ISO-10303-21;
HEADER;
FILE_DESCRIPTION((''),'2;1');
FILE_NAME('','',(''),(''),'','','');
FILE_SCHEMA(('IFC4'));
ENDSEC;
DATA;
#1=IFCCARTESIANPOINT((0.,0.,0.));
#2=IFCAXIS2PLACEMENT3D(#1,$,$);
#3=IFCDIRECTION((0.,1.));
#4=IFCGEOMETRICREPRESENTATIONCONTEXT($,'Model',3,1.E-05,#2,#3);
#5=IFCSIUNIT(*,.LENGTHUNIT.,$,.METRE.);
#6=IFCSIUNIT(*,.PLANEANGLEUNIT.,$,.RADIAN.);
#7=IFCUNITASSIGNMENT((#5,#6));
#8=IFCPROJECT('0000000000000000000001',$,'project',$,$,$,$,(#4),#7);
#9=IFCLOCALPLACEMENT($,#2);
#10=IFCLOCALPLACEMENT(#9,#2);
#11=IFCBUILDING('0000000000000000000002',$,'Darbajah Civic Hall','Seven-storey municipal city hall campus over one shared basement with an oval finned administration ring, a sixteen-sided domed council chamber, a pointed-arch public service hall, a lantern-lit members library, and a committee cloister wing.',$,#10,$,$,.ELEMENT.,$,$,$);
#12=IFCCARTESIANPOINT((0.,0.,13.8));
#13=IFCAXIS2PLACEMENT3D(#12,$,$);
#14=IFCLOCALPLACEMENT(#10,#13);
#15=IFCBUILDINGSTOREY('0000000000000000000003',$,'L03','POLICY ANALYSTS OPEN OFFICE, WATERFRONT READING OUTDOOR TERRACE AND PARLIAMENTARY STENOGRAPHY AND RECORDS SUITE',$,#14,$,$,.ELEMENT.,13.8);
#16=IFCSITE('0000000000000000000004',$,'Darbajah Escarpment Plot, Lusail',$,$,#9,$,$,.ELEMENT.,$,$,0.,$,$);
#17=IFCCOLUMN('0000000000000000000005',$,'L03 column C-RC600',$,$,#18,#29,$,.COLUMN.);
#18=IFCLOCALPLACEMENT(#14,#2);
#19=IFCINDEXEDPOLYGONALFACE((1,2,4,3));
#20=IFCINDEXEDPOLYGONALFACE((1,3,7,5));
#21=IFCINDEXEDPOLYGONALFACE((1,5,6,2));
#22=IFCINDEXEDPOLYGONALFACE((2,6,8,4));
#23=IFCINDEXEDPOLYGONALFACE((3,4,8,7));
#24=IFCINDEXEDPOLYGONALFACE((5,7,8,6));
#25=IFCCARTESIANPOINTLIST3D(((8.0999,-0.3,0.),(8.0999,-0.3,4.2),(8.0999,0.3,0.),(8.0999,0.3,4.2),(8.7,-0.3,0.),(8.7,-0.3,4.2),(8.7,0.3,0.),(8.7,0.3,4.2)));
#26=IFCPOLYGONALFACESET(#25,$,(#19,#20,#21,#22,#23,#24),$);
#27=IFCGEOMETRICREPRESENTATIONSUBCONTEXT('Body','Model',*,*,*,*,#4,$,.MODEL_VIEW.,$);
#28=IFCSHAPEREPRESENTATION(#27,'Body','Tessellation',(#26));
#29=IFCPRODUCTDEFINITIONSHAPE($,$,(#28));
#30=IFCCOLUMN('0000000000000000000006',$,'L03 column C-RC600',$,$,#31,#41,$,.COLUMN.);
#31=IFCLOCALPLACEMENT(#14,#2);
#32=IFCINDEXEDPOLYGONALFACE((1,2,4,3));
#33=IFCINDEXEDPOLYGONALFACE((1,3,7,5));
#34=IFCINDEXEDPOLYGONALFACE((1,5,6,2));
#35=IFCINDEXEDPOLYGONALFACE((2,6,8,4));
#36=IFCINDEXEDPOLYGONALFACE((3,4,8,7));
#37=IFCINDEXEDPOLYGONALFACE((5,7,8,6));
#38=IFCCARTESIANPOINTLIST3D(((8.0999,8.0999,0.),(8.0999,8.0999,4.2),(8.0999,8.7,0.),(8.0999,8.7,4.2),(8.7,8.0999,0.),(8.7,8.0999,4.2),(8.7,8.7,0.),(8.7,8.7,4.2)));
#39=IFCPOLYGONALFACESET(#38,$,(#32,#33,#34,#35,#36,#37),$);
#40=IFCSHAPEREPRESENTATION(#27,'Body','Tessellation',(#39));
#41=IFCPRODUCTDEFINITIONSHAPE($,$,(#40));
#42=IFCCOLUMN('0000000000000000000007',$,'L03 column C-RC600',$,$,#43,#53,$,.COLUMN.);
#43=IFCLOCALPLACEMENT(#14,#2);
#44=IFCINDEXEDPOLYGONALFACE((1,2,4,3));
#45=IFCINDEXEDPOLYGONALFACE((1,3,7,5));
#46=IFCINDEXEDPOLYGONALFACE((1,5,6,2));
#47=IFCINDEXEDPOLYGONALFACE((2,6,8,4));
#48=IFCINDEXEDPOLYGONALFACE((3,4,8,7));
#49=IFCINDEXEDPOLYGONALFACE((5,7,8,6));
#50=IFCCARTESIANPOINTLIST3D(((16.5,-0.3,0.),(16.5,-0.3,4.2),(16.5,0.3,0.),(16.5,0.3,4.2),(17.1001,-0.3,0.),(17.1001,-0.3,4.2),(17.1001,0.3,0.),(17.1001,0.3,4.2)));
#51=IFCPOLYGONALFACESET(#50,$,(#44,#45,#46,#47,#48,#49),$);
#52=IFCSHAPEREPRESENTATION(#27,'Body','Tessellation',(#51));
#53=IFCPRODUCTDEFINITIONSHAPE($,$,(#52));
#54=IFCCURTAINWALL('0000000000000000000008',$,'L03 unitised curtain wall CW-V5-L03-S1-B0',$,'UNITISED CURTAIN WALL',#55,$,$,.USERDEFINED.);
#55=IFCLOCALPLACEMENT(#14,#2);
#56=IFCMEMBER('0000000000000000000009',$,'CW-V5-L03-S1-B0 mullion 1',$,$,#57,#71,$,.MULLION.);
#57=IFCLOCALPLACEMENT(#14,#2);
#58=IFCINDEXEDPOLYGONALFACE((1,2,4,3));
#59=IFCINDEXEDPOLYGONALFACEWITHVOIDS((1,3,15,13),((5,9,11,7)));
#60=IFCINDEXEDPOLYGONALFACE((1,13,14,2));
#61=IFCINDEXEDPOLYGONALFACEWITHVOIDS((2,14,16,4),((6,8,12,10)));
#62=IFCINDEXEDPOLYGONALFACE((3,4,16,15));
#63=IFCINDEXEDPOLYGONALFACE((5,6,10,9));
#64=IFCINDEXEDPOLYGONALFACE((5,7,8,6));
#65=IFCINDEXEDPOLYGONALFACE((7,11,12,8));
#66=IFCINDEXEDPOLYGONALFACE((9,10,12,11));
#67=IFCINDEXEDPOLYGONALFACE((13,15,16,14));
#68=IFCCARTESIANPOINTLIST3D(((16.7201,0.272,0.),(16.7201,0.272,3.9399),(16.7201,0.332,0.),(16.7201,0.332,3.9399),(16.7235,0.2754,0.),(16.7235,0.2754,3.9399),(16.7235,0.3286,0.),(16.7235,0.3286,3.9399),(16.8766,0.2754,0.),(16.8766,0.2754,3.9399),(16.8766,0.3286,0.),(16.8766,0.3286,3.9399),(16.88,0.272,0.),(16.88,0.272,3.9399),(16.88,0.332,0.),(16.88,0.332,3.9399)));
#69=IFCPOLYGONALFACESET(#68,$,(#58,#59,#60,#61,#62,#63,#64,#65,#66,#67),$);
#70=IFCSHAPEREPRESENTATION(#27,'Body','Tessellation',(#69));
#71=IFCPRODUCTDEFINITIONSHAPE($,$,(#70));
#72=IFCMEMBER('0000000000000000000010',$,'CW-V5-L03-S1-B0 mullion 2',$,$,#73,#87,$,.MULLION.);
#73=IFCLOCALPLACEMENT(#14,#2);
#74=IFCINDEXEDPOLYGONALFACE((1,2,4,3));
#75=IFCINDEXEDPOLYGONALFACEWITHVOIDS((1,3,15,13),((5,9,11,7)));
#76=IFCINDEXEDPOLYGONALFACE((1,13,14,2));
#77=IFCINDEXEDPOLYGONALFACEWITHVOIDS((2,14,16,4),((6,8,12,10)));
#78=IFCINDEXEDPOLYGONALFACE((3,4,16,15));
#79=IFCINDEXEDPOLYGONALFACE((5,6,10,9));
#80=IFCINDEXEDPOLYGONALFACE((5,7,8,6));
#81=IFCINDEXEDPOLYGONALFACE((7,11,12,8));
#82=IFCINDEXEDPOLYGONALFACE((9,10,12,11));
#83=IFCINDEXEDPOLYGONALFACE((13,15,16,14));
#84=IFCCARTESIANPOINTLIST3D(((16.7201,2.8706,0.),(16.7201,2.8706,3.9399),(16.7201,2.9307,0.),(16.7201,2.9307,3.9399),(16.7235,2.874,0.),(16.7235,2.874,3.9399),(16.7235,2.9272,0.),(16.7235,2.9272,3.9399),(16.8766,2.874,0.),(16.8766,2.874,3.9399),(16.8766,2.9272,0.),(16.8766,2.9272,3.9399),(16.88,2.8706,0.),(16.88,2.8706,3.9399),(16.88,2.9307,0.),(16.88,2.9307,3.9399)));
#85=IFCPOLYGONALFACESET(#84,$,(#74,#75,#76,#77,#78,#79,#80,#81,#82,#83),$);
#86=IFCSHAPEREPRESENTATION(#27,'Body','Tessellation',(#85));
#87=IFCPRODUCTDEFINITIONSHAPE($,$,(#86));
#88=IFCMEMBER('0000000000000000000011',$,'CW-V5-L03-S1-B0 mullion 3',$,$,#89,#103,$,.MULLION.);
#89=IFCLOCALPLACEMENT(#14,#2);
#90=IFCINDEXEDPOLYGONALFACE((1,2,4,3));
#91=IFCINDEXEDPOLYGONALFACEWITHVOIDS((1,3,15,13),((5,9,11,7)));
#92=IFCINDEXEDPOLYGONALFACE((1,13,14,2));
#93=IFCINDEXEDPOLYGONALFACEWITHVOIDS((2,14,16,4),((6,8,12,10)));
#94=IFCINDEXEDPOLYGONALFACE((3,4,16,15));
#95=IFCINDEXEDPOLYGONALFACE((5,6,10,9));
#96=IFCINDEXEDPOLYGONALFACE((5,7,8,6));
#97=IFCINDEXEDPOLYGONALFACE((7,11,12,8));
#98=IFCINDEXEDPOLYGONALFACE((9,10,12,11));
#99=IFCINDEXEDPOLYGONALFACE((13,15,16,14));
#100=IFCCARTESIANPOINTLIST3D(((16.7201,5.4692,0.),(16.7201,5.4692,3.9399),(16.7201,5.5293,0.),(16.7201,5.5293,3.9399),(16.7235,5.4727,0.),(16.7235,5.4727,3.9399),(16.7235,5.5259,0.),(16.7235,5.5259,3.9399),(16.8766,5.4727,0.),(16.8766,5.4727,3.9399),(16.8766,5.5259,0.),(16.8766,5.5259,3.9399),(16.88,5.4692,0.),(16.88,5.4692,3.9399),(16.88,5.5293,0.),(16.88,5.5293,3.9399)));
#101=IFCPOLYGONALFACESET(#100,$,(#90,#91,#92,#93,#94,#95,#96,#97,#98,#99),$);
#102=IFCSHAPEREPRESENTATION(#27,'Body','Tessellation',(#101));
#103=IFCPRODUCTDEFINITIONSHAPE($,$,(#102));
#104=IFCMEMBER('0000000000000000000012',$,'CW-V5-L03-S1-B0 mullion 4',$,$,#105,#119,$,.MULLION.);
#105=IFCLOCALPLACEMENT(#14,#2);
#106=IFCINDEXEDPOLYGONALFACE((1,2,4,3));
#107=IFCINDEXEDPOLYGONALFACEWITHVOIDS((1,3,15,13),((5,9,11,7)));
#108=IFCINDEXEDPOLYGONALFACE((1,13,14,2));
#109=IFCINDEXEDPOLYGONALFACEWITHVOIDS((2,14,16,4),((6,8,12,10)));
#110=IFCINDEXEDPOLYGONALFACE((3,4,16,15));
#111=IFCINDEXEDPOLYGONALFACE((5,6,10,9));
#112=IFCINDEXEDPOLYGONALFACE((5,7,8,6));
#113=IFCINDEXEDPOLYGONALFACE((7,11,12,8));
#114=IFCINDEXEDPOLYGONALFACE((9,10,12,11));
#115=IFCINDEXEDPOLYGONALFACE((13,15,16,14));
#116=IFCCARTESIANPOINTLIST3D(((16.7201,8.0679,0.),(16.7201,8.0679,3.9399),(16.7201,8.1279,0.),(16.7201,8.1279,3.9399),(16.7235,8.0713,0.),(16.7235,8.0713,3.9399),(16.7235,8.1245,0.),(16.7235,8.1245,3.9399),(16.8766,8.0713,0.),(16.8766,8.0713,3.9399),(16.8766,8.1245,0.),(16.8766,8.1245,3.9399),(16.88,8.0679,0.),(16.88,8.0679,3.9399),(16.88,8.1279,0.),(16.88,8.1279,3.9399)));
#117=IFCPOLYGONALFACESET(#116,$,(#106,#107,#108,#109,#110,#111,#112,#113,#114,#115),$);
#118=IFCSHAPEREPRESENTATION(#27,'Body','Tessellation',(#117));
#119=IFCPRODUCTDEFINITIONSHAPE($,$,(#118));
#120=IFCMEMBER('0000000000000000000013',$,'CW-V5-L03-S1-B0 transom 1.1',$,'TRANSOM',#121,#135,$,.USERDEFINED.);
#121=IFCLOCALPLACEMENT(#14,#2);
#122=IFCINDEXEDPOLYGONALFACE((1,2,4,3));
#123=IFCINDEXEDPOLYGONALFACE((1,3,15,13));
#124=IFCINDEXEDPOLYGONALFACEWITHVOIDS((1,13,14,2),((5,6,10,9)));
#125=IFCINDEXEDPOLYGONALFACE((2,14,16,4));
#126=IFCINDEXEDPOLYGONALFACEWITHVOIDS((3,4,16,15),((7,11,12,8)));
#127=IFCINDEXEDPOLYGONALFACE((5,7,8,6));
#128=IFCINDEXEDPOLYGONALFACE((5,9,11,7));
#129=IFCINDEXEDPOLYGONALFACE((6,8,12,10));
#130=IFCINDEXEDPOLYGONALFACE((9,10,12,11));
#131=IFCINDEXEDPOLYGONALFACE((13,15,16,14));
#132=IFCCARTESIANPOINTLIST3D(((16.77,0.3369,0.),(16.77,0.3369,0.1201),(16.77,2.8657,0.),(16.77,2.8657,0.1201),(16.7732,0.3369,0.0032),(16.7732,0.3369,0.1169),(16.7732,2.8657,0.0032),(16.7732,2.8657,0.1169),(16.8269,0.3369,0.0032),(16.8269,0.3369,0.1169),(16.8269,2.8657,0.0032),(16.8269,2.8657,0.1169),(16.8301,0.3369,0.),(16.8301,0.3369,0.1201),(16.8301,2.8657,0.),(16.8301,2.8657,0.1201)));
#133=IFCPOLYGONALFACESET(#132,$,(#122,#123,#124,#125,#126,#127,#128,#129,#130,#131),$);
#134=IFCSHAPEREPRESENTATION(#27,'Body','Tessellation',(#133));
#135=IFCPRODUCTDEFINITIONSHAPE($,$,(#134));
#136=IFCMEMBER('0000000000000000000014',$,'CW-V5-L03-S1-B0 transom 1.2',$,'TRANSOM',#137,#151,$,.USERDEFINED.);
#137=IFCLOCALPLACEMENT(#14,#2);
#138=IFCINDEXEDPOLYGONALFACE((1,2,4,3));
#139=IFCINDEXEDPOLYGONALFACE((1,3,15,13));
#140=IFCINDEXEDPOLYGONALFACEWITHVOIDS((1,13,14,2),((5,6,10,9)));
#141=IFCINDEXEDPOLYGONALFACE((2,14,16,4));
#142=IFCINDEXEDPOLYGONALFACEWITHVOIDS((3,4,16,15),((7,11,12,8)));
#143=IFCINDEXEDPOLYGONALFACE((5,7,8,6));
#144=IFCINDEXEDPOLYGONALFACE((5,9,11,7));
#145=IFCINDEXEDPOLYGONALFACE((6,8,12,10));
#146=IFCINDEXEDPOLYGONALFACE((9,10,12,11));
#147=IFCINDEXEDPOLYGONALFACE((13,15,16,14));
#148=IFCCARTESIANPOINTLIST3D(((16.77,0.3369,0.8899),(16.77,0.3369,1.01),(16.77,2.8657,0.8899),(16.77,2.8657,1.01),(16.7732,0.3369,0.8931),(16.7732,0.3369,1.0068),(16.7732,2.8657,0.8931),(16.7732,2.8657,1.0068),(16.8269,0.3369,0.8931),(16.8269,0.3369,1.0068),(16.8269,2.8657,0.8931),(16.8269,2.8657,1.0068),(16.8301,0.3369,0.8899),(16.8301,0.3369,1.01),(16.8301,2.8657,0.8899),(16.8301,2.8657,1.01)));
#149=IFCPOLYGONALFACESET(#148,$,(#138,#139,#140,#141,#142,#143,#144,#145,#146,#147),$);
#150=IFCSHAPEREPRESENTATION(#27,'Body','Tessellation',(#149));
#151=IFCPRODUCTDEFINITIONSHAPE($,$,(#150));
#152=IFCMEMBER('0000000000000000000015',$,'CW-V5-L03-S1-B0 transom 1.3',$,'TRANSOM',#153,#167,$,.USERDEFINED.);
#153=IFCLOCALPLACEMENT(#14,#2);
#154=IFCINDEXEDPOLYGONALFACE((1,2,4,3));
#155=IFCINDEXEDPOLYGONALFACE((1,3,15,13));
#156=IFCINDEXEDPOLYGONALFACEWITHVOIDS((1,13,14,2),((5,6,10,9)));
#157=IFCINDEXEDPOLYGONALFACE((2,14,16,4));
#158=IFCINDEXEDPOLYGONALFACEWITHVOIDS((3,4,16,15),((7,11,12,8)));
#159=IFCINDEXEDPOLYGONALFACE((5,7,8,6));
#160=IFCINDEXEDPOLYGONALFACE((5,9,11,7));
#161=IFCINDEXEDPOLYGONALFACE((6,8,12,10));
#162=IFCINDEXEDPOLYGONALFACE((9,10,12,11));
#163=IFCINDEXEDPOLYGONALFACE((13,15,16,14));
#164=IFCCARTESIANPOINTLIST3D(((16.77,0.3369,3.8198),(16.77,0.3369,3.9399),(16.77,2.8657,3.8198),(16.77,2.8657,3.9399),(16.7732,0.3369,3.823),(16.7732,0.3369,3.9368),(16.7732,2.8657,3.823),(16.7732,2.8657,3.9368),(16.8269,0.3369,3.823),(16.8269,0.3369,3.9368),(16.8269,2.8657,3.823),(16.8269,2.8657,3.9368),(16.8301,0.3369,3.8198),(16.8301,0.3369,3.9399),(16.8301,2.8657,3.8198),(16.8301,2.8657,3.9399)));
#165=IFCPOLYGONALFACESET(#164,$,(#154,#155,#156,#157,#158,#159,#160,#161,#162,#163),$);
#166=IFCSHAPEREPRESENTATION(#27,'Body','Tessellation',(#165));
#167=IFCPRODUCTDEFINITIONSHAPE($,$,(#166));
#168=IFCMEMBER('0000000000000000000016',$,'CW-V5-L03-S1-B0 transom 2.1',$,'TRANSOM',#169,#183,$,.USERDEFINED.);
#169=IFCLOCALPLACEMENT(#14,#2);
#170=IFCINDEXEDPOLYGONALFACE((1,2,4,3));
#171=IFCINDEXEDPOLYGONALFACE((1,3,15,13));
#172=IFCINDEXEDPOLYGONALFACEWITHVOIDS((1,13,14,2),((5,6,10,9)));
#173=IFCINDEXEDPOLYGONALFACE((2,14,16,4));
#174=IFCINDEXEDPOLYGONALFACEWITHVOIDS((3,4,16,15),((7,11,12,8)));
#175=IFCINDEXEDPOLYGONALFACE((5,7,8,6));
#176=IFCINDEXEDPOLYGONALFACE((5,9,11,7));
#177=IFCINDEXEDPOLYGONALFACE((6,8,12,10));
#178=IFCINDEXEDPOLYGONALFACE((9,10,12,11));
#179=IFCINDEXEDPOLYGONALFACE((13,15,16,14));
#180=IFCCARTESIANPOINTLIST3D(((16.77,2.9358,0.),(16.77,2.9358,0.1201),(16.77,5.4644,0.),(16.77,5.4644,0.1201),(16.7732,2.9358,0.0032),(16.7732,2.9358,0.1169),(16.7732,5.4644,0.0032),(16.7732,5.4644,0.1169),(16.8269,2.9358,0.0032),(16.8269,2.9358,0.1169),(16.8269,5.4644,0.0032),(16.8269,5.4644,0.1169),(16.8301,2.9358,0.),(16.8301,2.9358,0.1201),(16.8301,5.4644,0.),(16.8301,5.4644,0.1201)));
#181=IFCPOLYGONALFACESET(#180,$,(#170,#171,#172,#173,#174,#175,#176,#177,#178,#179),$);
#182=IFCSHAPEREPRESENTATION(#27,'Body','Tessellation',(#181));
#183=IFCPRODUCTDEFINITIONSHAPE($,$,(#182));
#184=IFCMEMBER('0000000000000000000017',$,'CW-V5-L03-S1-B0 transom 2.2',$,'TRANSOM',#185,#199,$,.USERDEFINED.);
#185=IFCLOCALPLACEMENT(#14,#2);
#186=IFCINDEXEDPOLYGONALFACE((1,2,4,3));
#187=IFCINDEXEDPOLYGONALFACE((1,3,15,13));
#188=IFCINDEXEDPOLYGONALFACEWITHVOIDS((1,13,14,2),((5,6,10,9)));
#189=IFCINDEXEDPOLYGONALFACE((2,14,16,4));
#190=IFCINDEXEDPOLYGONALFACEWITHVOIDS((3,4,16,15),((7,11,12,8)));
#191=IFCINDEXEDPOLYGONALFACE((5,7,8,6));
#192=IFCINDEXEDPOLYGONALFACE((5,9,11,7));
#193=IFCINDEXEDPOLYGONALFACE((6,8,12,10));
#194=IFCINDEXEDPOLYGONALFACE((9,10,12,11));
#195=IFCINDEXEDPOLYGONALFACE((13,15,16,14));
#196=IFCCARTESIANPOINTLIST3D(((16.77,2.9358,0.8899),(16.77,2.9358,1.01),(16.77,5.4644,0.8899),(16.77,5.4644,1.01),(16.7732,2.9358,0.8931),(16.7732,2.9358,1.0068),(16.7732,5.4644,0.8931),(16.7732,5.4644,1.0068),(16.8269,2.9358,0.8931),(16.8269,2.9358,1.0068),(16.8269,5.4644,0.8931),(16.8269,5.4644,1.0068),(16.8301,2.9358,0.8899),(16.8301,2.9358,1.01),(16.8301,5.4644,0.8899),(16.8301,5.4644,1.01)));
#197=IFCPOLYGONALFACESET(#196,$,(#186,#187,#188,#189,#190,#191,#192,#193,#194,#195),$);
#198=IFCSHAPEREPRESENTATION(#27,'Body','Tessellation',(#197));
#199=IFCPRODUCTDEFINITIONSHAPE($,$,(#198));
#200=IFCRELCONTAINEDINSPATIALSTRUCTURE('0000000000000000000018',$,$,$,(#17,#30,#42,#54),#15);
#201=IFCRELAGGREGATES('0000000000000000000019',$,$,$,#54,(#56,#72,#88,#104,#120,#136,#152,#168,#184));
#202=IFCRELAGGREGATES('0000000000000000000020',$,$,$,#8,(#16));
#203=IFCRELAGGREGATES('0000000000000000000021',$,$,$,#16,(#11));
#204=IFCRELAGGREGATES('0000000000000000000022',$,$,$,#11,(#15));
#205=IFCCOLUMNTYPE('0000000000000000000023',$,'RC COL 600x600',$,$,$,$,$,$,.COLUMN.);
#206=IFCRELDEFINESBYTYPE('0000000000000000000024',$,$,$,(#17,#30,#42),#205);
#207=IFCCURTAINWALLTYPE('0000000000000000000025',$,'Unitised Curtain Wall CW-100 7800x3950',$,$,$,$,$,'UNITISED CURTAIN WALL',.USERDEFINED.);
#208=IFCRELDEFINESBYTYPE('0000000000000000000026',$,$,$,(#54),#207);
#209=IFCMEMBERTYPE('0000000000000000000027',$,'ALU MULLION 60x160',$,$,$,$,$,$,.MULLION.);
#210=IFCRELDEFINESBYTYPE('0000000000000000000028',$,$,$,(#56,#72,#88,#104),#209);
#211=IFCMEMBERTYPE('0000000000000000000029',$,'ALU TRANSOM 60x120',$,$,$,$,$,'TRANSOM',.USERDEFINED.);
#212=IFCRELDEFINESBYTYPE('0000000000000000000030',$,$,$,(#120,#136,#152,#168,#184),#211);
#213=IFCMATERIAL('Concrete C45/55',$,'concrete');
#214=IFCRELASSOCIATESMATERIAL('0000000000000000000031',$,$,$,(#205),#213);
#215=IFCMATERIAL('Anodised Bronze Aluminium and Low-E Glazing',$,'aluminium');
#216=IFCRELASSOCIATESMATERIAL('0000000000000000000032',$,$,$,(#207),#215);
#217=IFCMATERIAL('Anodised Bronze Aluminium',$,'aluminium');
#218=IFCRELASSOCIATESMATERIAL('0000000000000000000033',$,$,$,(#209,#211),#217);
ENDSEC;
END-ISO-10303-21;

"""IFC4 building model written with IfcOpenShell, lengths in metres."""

from ifc_helpers import new_model, si_unit, direction, frame, origin, origin_2d, place, context, subcontext, project, spatial, rectangle, hollow_rectangle, extrude, material, material_profile, profile_set, type_object, element, aggregate, save


model = new_model("IFC4")

# Units and contexts
model_context = context("Model", 3, precision=1e-05, world=origin(), true_north=direction((0.0, 1.0)))
body_context = subcontext(model_context, "Body", "Model", "MODEL_VIEW")
ifc_project = project(units=[si_unit("LENGTHUNIT", "METRE"), si_unit("PLANEANGLEUNIT", "RADIAN")], contexts=[model_context])

# Site, building, storey
site_placement = place(None, origin())
site = spatial("IfcSite", under=ifc_project, at=site_placement, Name="Darbajah Escarpment Plot, Lusail", CompositionType="ELEMENT", RefElevation=0.0)
building_placement = place(site_placement, origin())
building = spatial("IfcBuilding", under=site, at=building_placement, Name="Darbajah Civic Hall", Description="Seven-storey municipal city hall campus over one shared basement with an oval finned administration ring, a sixteen-sided domed council chamber, a pointed-arch public service hall, a lantern-lit members library, and a committee cloister wing.", CompositionType="ELEMENT")
storey_placement = place(building_placement, frame((0.0, 0.0, 13.8)))
storey = spatial("IfcBuildingStorey", under=building, at=storey_placement, Name="L03", Description="POLICY ANALYSTS OPEN OFFICE, WATERFRONT READING OUTDOOR TERRACE AND PARLIAMENTARY STENOGRAPHY AND RECORDS SUITE", CompositionType="ELEMENT", Elevation=13.8)

# Columns
ifc_material_1 = material(Name="Concrete C45/55", Category="concrete")
ifc_material_profile_1 = material_profile(ifc_material_1, rectangle(XDim=0.6001, YDim=0.6001, at=origin_2d()), Name="RC COL 600x600")
ifc_profile_set_1 = profile_set([ifc_material_profile_1], Name="Concrete C45/55")
column_type = type_object("IfcColumnType", Name="RC COL 600x600", PredefinedType="COLUMN", material=ifc_profile_set_1)
for number, where, z_axis, x_axis, name in (
    (1, (8.3999, 0.0, 0.0), (0.0, 0.0, 1.0), (1.0, 0.0, 0.0), "L03 column C-RC600"),
    (2, (8.3999, 8.3999, 0.0), (0.0, 0.0, 1.0), (1.0, 0.0, 0.0), "L03 column C-RC600"),
    (3, (16.8, 0.0, 0.0), (0.0, 0.0, 1.0), (1.0, 0.0, 0.0), "L03 column C-RC600"),
):
    element("IfcColumn", number, at=place(storey_placement, frame(where, z_axis=z_axis, x_axis=x_axis)), inside=storey, type_object=column_type, Name=name, PredefinedType="COLUMN", context=body_context, shape_type="SweptSolid", body=[
        extrude(rectangle(XDim=0.6001, YDim=0.6001, at=origin_2d()), origin(), (0.0, 0.0, 1.0), 4.2),
    ])

# Curtain wall, members
ifc_material_2 = material(Name="Anodised Bronze Aluminium and Low-E Glazing", Category="aluminium")
curtain_wall_type = type_object("IfcCurtainWallType", Name="Unitised Curtain Wall CW-100 7800x3950", ElementType="UNITISED CURTAIN WALL", PredefinedType="USERDEFINED", material=ifc_material_2)
curtain_wall_placement = place(storey_placement, origin())
curtain_wall = element("IfcCurtainWall", 4, at=curtain_wall_placement, inside=storey, type_object=curtain_wall_type, Name="L03 unitised curtain wall CW-V5-L03-S1-B0", ObjectType="UNITISED CURTAIN WALL", PredefinedType="USERDEFINED")
ifc_material_3 = material(Name="Anodised Bronze Aluminium", Category="aluminium")
ifc_material_profile_2 = material_profile(ifc_material_3, hollow_rectangle(XDim=0.0601, YDim=0.1599, WallThickness=0.0034, at=origin_2d()), Name="ALU MULLION 60x160")
ifc_profile_set_2 = profile_set([ifc_material_profile_2], Name="Anodised Bronze Aluminium")
member_type_1 = type_object("IfcMemberType", Name="ALU MULLION 60x160", PredefinedType="MULLION", material=ifc_profile_set_2)
member_1_placement = place(storey_placement, frame((16.8, 0.302, 0.0), z_axis=(0.0, 0.0, 1.0), x_axis=(0.0, 1.0, 0.0)))
member_1 = element("IfcMember", 5, at=member_1_placement, type_object=member_type_1, Name="CW-V5-L03-S1-B0 mullion 1", PredefinedType="MULLION", context=body_context, shape_type="SweptSolid", body=[
    extrude(hollow_rectangle(XDim=0.0601, YDim=0.1599, WallThickness=0.0034, at=origin_2d()), origin(), (0.0, 0.0, 1.0), 3.9399),
])
member_2_placement = place(storey_placement, frame((16.8, 2.9006, 0.0), z_axis=(0.0, 0.0, 1.0), x_axis=(0.0, 1.0, 0.0)))
member_2 = element("IfcMember", 6, at=member_2_placement, type_object=member_type_1, Name="CW-V5-L03-S1-B0 mullion 2", PredefinedType="MULLION", context=body_context, shape_type="SweptSolid", body=[
    extrude(hollow_rectangle(XDim=0.0601, YDim=0.1599, WallThickness=0.0034, at=origin_2d()), origin(), (0.0, 0.0, 1.0), 3.9399),
])
member_3_placement = place(storey_placement, frame((16.8, 5.4993, 0.0), z_axis=(0.0, 0.0, 1.0), x_axis=(0.0, 1.0, 0.0)))
member_3 = element("IfcMember", 7, at=member_3_placement, type_object=member_type_1, Name="CW-V5-L03-S1-B0 mullion 3", PredefinedType="MULLION", context=body_context, shape_type="SweptSolid", body=[
    extrude(hollow_rectangle(XDim=0.0601, YDim=0.1599, WallThickness=0.0034, at=origin_2d()), origin(), (0.0, 0.0, 1.0), 3.9399),
])
member_4_placement = place(storey_placement, frame((16.8, 8.0979, 0.0), z_axis=(0.0, 0.0, 1.0), x_axis=(0.0, 1.0, 0.0)))
member_4 = element("IfcMember", 8, at=member_4_placement, type_object=member_type_1, Name="CW-V5-L03-S1-B0 mullion 4", PredefinedType="MULLION", context=body_context, shape_type="SweptSolid", body=[
    extrude(hollow_rectangle(XDim=0.0601, YDim=0.1599, WallThickness=0.0034, at=origin_2d()), origin(), (0.0, 0.0, 1.0), 3.9399),
])
ifc_material_profile_3 = material_profile(ifc_material_3, hollow_rectangle(XDim=0.0601, YDim=0.1201, WallThickness=0.0032, at=origin_2d()), Name="ALU TRANSOM 60x120")
ifc_profile_set_3 = profile_set([ifc_material_profile_3], Name="Anodised Bronze Aluminium")
member_type_2 = type_object("IfcMemberType", Name="ALU TRANSOM 60x120", ElementType="TRANSOM", PredefinedType="USERDEFINED", material=ifc_profile_set_3)
member_5_placement = place(storey_placement, frame((16.8, 0.3369, 0.0601), z_axis=(0.0, 1.0, 0.0), x_axis=(-1.0, 0.0, 0.0)))
member_5 = element("IfcMember", 9, at=member_5_placement, type_object=member_type_2, Name="CW-V5-L03-S1-B0 transom 1.1", ObjectType="TRANSOM", PredefinedType="USERDEFINED", context=body_context, shape_type="SweptSolid", body=[
    extrude(hollow_rectangle(XDim=0.0601, YDim=0.1201, WallThickness=0.0032, at=origin_2d()), origin(), (0.0, 0.0, 1.0), 2.5288),
])
member_6_placement = place(storey_placement, frame((16.8, 0.3369, 0.95), z_axis=(0.0, 1.0, 0.0), x_axis=(-1.0, 0.0, 0.0)))
member_6 = element("IfcMember", 10, at=member_6_placement, type_object=member_type_2, Name="CW-V5-L03-S1-B0 transom 1.2", ObjectType="TRANSOM", PredefinedType="USERDEFINED", context=body_context, shape_type="SweptSolid", body=[
    extrude(hollow_rectangle(XDim=0.0601, YDim=0.1201, WallThickness=0.0032, at=origin_2d()), origin(), (0.0, 0.0, 1.0), 2.5288),
])
member_7_placement = place(storey_placement, frame((16.8, 0.3369, 3.8799), z_axis=(0.0, 1.0, 0.0), x_axis=(-1.0, 0.0, 0.0)))
member_7 = element("IfcMember", 11, at=member_7_placement, type_object=member_type_2, Name="CW-V5-L03-S1-B0 transom 1.3", ObjectType="TRANSOM", PredefinedType="USERDEFINED", context=body_context, shape_type="SweptSolid", body=[
    extrude(hollow_rectangle(XDim=0.0601, YDim=0.1201, WallThickness=0.0032, at=origin_2d()), origin(), (0.0, 0.0, 1.0), 2.5288),
])
member_8_placement = place(storey_placement, frame((16.8, 2.9358, 0.0601), z_axis=(0.0, 1.0, 0.0), x_axis=(-1.0, 0.0, 0.0)))
member_8 = element("IfcMember", 12, at=member_8_placement, type_object=member_type_2, Name="CW-V5-L03-S1-B0 transom 2.1", ObjectType="TRANSOM", PredefinedType="USERDEFINED", context=body_context, shape_type="SweptSolid", body=[
    extrude(hollow_rectangle(XDim=0.0601, YDim=0.1201, WallThickness=0.0032, at=origin_2d()), origin(), (0.0, 0.0, 1.0), 2.5286),
])
member_9_placement = place(storey_placement, frame((16.8, 2.9358, 0.95), z_axis=(0.0, 1.0, 0.0), x_axis=(-1.0, 0.0, 0.0)))
member_9 = element("IfcMember", 13, at=member_9_placement, type_object=member_type_2, Name="CW-V5-L03-S1-B0 transom 2.2", ObjectType="TRANSOM", PredefinedType="USERDEFINED", context=body_context, shape_type="SweptSolid", body=[
    extrude(hollow_rectangle(XDim=0.0601, YDim=0.1201, WallThickness=0.0032, at=origin_2d()), origin(), (0.0, 0.0, 1.0), 2.5286),
])

aggregate(curtain_wall, [member_1, member_2, member_3, member_4, member_5, member_6, member_7, member_8, member_9])

save(model, "model.ifc")
